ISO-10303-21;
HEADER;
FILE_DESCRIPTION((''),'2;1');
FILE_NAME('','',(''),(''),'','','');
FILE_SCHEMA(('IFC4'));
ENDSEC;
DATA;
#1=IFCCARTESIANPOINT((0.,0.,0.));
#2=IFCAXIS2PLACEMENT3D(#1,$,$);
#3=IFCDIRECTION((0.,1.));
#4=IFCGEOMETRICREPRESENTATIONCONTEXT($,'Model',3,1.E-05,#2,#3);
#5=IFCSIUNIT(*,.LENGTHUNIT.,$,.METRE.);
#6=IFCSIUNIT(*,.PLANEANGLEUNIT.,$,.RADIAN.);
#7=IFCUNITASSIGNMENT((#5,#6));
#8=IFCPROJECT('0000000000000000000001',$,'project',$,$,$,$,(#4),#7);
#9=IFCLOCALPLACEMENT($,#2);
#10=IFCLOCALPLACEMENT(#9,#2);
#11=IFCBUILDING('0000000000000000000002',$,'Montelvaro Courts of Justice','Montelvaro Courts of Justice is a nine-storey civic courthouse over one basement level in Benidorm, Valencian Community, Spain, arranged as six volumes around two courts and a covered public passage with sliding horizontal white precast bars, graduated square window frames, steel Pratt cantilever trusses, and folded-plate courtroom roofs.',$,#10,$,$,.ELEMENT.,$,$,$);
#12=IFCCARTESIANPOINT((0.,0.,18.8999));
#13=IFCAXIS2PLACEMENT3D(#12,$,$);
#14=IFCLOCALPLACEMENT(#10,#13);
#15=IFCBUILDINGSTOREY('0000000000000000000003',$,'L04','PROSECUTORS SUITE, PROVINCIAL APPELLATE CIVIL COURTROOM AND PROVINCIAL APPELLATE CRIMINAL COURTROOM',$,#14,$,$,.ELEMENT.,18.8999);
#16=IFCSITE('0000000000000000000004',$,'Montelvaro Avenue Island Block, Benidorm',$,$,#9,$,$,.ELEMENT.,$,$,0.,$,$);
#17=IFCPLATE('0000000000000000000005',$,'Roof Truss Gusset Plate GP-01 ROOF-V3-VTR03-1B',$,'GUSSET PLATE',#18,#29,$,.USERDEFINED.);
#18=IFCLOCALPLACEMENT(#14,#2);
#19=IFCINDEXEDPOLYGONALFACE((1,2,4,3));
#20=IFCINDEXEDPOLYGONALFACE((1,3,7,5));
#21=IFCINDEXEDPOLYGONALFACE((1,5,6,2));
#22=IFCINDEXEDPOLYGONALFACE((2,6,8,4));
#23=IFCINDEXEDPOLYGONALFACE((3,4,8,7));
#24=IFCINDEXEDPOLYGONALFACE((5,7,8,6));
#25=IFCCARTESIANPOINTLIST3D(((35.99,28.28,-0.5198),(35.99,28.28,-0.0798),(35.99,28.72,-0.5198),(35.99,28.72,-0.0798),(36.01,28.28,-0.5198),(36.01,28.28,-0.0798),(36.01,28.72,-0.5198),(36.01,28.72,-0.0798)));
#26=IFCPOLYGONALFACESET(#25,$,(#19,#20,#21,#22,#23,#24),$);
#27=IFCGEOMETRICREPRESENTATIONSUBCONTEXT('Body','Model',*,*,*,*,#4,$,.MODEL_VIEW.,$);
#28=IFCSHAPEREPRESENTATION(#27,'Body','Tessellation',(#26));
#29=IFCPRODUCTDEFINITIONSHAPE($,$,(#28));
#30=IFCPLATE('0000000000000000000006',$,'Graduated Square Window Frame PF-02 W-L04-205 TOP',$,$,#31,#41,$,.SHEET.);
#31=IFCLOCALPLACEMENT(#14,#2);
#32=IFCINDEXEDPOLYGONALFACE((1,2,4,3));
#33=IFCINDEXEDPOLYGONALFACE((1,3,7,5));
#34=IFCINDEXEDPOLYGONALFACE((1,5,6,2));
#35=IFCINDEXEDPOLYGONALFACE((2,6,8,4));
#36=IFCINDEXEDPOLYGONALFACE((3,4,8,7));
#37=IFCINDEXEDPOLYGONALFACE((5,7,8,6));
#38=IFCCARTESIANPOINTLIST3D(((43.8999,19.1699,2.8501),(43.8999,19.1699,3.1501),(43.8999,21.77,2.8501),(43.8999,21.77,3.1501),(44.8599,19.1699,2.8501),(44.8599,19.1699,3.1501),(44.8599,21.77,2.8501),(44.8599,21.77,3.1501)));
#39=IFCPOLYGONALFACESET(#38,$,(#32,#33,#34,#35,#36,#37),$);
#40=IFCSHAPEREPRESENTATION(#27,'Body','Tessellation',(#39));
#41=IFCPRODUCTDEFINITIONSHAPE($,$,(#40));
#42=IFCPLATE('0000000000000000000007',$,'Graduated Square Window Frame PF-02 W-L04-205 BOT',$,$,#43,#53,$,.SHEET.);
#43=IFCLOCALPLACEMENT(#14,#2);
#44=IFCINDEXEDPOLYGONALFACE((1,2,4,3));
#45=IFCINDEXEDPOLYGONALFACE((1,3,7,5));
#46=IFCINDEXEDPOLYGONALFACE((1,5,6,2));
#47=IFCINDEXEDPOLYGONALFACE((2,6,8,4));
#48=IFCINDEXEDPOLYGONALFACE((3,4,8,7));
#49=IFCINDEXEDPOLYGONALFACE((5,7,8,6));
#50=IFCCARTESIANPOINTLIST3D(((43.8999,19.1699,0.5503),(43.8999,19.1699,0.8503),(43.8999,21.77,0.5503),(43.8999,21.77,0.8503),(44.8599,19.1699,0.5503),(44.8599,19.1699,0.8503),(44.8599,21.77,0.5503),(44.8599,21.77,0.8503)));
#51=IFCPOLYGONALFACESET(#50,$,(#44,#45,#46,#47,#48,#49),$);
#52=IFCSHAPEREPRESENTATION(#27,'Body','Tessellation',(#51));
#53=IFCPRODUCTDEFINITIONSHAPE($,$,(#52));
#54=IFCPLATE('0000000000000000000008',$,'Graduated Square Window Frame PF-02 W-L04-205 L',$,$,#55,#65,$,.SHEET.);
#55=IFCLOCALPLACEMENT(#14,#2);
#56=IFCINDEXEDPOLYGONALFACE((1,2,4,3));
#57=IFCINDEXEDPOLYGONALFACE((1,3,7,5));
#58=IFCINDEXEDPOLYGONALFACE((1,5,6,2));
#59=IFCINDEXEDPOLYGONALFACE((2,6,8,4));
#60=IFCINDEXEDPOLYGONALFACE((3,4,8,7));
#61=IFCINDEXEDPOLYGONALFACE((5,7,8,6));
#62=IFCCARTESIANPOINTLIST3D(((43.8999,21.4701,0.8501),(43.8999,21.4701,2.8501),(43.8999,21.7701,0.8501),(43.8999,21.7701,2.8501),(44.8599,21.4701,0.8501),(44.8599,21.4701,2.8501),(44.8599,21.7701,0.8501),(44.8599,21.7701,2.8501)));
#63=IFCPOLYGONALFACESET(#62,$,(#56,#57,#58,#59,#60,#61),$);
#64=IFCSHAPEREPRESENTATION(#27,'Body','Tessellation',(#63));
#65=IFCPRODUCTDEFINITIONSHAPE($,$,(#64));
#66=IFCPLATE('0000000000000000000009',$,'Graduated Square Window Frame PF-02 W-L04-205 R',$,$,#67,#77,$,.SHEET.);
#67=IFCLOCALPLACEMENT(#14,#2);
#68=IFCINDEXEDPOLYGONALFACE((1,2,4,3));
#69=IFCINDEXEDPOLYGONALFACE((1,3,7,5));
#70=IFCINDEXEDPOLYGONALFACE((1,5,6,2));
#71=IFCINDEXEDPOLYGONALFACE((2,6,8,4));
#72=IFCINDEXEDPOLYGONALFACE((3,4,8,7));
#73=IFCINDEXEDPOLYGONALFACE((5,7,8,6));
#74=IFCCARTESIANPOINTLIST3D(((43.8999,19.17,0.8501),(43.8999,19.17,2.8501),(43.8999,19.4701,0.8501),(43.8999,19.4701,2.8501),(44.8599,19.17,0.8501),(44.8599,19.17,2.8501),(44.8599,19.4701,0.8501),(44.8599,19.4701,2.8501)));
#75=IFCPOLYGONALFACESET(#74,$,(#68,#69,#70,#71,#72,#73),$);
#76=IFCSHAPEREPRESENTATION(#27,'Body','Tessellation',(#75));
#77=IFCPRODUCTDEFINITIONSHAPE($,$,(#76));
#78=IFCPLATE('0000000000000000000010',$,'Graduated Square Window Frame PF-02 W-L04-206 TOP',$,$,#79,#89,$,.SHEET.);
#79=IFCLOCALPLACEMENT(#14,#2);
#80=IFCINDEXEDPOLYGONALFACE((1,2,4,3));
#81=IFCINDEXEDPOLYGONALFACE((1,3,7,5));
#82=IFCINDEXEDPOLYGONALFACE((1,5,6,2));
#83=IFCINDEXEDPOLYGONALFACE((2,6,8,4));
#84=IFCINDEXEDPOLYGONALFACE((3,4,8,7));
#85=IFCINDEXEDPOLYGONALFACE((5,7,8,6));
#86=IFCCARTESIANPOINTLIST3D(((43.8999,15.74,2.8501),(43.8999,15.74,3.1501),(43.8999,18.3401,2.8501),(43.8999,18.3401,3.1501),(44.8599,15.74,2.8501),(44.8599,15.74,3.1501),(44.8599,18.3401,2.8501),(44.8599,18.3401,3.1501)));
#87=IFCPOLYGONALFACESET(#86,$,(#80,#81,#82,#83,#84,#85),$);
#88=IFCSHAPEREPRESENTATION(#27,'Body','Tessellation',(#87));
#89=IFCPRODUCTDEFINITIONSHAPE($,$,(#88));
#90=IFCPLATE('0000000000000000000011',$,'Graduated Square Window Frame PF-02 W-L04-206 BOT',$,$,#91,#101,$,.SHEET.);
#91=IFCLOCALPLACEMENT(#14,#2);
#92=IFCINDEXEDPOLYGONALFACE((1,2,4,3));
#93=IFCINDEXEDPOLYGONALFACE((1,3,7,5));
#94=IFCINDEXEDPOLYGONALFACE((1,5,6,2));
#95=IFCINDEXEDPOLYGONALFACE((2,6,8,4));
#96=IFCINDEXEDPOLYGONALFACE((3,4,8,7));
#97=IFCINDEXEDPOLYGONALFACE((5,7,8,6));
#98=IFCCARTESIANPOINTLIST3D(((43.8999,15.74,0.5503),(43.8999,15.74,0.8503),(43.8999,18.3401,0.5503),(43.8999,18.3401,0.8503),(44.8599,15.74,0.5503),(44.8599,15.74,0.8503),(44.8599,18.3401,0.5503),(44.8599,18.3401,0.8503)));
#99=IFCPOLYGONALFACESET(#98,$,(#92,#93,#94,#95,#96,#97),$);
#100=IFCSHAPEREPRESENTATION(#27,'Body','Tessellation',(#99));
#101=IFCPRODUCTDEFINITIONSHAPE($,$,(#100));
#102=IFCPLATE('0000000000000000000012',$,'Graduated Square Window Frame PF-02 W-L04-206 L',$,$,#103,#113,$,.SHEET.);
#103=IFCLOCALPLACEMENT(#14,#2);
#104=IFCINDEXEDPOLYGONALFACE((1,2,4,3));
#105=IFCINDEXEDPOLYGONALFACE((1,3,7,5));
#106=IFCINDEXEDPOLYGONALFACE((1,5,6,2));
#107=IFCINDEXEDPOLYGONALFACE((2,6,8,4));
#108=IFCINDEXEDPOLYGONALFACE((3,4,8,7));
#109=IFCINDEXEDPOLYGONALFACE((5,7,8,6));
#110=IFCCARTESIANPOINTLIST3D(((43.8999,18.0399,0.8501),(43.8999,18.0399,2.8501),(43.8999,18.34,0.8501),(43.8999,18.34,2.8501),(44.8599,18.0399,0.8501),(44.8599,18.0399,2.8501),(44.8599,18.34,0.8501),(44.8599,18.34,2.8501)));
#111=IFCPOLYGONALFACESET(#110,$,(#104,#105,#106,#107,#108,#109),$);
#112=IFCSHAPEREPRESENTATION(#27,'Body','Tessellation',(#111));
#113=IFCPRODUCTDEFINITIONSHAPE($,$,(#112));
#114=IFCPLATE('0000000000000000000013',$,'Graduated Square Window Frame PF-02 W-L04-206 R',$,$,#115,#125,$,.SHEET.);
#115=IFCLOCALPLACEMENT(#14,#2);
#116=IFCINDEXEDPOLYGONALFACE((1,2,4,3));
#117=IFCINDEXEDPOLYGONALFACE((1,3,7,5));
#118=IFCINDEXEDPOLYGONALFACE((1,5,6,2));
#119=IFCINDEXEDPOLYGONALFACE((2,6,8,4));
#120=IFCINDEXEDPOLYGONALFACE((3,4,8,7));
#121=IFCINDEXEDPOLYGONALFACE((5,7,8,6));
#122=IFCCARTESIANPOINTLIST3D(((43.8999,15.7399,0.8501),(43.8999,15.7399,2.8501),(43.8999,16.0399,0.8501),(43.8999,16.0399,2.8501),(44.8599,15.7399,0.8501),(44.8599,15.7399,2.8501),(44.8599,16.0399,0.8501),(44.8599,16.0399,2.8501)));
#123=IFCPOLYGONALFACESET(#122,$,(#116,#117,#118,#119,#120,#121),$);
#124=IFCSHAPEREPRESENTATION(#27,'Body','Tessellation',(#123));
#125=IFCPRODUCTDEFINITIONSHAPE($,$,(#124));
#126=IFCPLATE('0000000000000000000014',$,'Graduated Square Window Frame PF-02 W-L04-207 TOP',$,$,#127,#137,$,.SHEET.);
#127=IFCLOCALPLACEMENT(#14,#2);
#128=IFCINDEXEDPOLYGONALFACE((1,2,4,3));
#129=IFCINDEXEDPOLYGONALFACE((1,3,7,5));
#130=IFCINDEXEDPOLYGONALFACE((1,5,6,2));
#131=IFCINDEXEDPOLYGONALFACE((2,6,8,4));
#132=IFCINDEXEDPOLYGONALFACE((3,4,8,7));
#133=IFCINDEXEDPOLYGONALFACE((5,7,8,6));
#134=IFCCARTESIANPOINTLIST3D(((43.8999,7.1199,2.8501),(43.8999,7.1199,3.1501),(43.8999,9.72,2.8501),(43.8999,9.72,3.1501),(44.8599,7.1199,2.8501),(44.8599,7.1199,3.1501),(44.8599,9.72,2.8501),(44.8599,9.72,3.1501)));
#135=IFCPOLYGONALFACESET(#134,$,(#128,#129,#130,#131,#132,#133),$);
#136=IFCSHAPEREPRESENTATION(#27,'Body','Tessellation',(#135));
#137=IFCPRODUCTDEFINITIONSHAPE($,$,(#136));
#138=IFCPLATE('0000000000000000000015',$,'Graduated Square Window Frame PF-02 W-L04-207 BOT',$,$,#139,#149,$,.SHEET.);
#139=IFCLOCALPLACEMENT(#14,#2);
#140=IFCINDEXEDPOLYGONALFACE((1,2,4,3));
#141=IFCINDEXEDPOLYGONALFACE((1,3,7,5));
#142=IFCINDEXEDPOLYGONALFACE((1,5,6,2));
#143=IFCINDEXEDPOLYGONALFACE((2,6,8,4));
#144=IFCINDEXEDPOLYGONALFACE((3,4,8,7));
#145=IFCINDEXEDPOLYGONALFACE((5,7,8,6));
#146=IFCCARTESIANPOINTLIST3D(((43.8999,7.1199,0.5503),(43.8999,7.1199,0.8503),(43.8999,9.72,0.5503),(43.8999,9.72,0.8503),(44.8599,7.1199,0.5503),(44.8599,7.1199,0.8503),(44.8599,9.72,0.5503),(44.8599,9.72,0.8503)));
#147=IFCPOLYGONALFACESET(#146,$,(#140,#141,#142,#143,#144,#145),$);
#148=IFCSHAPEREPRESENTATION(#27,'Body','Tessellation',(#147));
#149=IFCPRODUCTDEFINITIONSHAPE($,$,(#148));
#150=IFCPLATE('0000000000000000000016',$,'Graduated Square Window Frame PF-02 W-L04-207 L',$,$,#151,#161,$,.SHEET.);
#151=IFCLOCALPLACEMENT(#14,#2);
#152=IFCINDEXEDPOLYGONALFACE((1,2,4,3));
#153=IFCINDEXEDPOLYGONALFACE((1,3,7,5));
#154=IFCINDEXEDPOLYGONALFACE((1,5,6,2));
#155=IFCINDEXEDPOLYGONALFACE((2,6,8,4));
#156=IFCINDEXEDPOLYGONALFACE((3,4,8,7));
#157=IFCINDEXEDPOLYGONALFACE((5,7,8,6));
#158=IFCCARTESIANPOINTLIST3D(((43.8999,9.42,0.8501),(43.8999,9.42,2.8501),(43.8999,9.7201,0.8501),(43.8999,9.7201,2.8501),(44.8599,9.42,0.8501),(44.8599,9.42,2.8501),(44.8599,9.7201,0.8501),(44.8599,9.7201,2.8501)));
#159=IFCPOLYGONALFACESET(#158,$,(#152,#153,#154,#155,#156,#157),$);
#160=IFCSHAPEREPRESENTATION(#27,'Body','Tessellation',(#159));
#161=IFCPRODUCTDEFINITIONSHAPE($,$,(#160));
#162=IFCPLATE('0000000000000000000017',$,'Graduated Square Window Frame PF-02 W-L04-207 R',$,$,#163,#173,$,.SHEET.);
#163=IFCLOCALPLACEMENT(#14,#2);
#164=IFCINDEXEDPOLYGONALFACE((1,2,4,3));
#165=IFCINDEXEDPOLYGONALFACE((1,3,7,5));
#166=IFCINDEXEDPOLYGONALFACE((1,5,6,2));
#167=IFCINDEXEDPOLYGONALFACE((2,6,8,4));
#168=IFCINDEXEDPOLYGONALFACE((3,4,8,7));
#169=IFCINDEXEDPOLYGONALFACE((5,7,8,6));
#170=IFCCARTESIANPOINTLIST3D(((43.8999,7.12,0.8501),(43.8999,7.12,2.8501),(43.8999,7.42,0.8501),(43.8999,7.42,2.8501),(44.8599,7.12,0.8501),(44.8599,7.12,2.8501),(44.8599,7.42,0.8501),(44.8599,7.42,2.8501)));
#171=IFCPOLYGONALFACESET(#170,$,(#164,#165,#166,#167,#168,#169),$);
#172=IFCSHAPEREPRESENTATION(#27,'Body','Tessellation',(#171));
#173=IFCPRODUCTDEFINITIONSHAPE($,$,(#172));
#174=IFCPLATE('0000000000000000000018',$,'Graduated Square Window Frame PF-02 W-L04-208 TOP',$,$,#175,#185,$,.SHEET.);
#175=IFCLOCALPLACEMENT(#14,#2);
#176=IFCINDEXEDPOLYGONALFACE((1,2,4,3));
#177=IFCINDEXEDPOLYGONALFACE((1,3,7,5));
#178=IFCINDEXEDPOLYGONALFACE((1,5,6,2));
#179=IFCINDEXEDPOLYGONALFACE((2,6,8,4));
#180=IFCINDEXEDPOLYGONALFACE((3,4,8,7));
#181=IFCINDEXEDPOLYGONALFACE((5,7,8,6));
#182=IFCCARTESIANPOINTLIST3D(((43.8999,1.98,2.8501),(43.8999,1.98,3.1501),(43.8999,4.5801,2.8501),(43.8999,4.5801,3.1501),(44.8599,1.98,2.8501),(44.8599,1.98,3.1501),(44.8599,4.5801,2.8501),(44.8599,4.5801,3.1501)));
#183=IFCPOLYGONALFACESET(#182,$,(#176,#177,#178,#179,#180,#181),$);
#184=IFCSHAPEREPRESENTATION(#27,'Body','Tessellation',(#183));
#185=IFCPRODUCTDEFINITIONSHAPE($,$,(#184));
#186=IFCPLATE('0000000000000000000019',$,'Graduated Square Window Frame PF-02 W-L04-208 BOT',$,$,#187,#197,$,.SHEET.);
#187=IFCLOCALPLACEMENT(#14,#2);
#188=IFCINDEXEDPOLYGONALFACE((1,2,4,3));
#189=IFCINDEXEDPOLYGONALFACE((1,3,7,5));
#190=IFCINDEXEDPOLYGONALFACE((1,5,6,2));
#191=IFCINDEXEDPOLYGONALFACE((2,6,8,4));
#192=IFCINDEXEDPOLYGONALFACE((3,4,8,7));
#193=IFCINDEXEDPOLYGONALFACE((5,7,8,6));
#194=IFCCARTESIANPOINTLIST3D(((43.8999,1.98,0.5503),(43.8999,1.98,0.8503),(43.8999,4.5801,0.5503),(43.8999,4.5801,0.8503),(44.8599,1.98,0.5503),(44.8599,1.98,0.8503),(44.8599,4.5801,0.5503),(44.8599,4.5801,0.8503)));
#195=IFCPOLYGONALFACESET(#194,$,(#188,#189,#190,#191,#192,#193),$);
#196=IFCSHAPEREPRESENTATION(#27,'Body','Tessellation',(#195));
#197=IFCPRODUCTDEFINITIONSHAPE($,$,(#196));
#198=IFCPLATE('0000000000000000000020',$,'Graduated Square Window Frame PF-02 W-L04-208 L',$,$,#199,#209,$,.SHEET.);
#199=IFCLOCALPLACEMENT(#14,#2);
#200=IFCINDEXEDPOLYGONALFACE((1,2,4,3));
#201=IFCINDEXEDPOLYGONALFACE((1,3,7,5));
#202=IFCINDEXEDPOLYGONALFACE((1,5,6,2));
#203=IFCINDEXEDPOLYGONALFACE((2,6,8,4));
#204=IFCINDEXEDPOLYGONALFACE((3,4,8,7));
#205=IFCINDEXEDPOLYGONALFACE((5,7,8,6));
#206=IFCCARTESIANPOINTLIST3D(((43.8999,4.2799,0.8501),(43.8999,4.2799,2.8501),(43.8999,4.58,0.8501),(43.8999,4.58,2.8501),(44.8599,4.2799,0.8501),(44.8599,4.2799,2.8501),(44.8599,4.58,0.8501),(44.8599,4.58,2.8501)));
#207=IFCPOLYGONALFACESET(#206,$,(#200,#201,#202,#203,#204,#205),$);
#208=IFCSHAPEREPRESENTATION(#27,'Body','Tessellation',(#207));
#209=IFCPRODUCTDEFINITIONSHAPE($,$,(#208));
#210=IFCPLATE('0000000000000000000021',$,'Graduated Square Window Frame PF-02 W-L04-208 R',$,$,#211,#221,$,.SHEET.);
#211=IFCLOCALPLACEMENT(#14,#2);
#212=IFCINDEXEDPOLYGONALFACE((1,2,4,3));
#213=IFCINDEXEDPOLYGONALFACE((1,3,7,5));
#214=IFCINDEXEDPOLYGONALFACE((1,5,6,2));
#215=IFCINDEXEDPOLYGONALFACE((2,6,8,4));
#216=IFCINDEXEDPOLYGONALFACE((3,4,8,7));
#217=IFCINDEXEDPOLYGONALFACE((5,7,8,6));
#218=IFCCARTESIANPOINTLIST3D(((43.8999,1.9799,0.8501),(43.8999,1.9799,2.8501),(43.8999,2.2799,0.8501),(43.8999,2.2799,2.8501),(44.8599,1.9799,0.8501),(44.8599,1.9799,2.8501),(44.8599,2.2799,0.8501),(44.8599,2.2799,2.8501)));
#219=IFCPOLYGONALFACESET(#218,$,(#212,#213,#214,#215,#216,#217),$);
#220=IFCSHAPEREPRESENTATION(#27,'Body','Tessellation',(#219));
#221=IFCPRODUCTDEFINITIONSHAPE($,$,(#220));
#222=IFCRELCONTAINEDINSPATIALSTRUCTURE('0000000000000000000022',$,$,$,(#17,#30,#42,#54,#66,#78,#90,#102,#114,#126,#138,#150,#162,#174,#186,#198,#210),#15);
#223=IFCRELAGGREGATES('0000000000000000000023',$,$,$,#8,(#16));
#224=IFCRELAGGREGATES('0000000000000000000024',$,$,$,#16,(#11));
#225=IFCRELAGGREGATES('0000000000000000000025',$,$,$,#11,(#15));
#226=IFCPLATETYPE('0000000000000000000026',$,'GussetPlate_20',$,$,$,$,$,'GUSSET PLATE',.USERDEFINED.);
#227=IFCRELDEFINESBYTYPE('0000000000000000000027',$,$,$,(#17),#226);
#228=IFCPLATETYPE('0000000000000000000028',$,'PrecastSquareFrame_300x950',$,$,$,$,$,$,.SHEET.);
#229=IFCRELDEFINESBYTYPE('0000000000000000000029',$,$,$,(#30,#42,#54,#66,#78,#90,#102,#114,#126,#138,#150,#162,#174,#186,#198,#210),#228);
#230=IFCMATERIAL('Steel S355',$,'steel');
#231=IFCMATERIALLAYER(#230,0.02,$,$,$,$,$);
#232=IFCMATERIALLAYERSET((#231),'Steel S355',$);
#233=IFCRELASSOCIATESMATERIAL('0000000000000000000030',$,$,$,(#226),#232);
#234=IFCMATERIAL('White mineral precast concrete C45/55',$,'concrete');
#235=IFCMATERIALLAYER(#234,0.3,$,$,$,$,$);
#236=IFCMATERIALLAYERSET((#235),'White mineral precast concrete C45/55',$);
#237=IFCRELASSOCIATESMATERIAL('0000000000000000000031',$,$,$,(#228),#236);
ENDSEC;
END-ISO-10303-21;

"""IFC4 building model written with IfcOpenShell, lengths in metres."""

from ifc_helpers import new_model, si_unit, direction, frame, origin, origin_2d, place, context, subcontext, project, spatial, rectangle, extrude, material, layer, layer_set, type_object, element, save


model = new_model("IFC4")

# Units and contexts
model_context = context("Model", 3, precision=1e-05, world=origin(), true_north=direction((0.0, 1.0)))
body_context = subcontext(model_context, "Body", "Model", "MODEL_VIEW")
ifc_project = project(units=[si_unit("LENGTHUNIT", "METRE"), si_unit("PLANEANGLEUNIT", "RADIAN")], contexts=[model_context])

# Site, building, storey
site_placement = place(None, origin())
site = spatial("IfcSite", under=ifc_project, at=site_placement, Name="Montelvaro Avenue Island Block, Benidorm", CompositionType="ELEMENT", RefElevation=0.0)
building_placement = place(site_placement, origin())
building = spatial("IfcBuilding", under=site, at=building_placement, Name="Montelvaro Courts of Justice", Description="Montelvaro Courts of Justice is a nine-storey civic courthouse over one basement level in Benidorm, Valencian Community, Spain, arranged as six volumes around two courts and a covered public passage with sliding horizontal white precast bars, graduated square window frames, steel Pratt cantilever trusses, and folded-plate courtroom roofs.", CompositionType="ELEMENT")
storey_placement = place(building_placement, frame((0.0, 0.0, 18.8999)))
storey = spatial("IfcBuildingStorey", under=building, at=storey_placement, Name="L04", Description="PROSECUTORS SUITE, PROVINCIAL APPELLATE CIVIL COURTROOM AND PROVINCIAL APPELLATE CRIMINAL COURTROOM", CompositionType="ELEMENT", Elevation=18.8999)

# Shared definitions
ifc_material_1 = material(Name="Steel S355", Category="steel")

# Plates
ifc_layer_1 = layer(ifc_material_1, 0.02)
ifc_layer_set_1 = layer_set([ifc_layer_1], Name="Steel S355")
plate_type_1 = type_object("IfcPlateType", Name="GussetPlate_20", ElementType="GUSSET PLATE", PredefinedType="USERDEFINED", material=ifc_layer_set_1)
plate_1_placement = place(storey_placement, frame((36.0, 28.5, -0.5198), z_axis=(0.0, 0.0, 1.0), x_axis=(1.0, 0.0, 0.0)))
element("IfcPlate", 1, at=plate_1_placement, inside=storey, type_object=plate_type_1, Name="Roof Truss Gusset Plate GP-01 ROOF-V3-VTR03-1B", ObjectType="GUSSET PLATE", PredefinedType="USERDEFINED", context=body_context, shape_type="SweptSolid", body=[
    extrude(rectangle(XDim=0.02, YDim=0.4399, at=origin_2d()), origin(), (0.0, 0.0, 1.0), 0.4399),
])
ifc_material_2 = material(Name="White mineral precast concrete C45/55", Category="concrete")
ifc_layer_2 = layer(ifc_material_2, 0.3)
ifc_layer_set_2 = layer_set([ifc_layer_2], Name="White mineral precast concrete C45/55")
plate_type_2 = type_object("IfcPlateType", Name="PrecastSquareFrame_300x950", PredefinedType="SHEET", material=ifc_layer_set_2)
for number, where, z_axis, x_axis, name in (
    (2, (44.3799, 20.47, 2.8501), (0.0, 0.0, 1.0), (0.0, -1.0, 0.0), "Graduated Square Window Frame PF-02 W-L04-205 TOP"),
    (3, (44.3799, 20.47, 0.5503), (0.0, 0.0, 1.0), (0.0, -1.0, 0.0), "Graduated Square Window Frame PF-02 W-L04-205 BOT"),
):
    element("IfcPlate", number, at=place(storey_placement, frame(where, z_axis=z_axis, x_axis=x_axis)), inside=storey, type_object=plate_type_2, Name=name, PredefinedType="SHEET", context=body_context, shape_type="SweptSolid", body=[
        extrude(rectangle(XDim=2.6001, YDim=0.96, at=origin_2d()), origin(), (0.0, 0.0, 1.0), 0.3),
    ])
for number, where, z_axis, x_axis, name in (
    (4, (44.3799, 21.6201, 0.8501), (0.0, 0.0, 1.0), (0.0, -1.0, 0.0), "Graduated Square Window Frame PF-02 W-L04-205 L"),
    (5, (44.3799, 19.3201, 0.8501), (0.0, 0.0, 1.0), (0.0, -1.0, 0.0), "Graduated Square Window Frame PF-02 W-L04-205 R"),
):
    element("IfcPlate", number, at=place(storey_placement, frame(where, z_axis=z_axis, x_axis=x_axis)), inside=storey, type_object=plate_type_2, Name=name, PredefinedType="SHEET", context=body_context, shape_type="SweptSolid", body=[
        extrude(rectangle(XDim=0.3, YDim=0.96, at=origin_2d()), origin(), (0.0, 0.0, 1.0), 2.0),
    ])
for number, where, z_axis, x_axis, name in (
    (6, (44.3799, 17.04, 2.8501), (0.0, 0.0, 1.0), (0.0, -1.0, 0.0), "Graduated Square Window Frame PF-02 W-L04-206 TOP"),
    (7, (44.3799, 17.04, 0.5503), (0.0, 0.0, 1.0), (0.0, -1.0, 0.0), "Graduated Square Window Frame PF-02 W-L04-206 BOT"),
):
    element("IfcPlate", number, at=place(storey_placement, frame(where, z_axis=z_axis, x_axis=x_axis)), inside=storey, type_object=plate_type_2, Name=name, PredefinedType="SHEET", context=body_context, shape_type="SweptSolid", body=[
        extrude(rectangle(XDim=2.6001, YDim=0.96, at=origin_2d()), origin(), (0.0, 0.0, 1.0), 0.3),
    ])
for number, where, z_axis, x_axis, name in (
    (8, (44.3799, 18.1899, 0.8501), (0.0, 0.0, 1.0), (0.0, -1.0, 0.0), "Graduated Square Window Frame PF-02 W-L04-206 L"),
    (9, (44.3799, 15.8899, 0.8501), (0.0, 0.0, 1.0), (0.0, -1.0, 0.0), "Graduated Square Window Frame PF-02 W-L04-206 R"),
):
    element("IfcPlate", number, at=place(storey_placement, frame(where, z_axis=z_axis, x_axis=x_axis)), inside=storey, type_object=plate_type_2, Name=name, PredefinedType="SHEET", context=body_context, shape_type="SweptSolid", body=[
        extrude(rectangle(XDim=0.3, YDim=0.96, at=origin_2d()), origin(), (0.0, 0.0, 1.0), 2.0),
    ])
for number, where, z_axis, x_axis, name in (
    (10, (44.3799, 8.4199, 2.8501), (0.0, 0.0, 1.0), (0.0, -1.0, 0.0), "Graduated Square Window Frame PF-02 W-L04-207 TOP"),
    (11, (44.3799, 8.4199, 0.5503), (0.0, 0.0, 1.0), (0.0, -1.0, 0.0), "Graduated Square Window Frame PF-02 W-L04-207 BOT"),
):
    element("IfcPlate", number, at=place(storey_placement, frame(where, z_axis=z_axis, x_axis=x_axis)), inside=storey, type_object=plate_type_2, Name=name, PredefinedType="SHEET", context=body_context, shape_type="SweptSolid", body=[
        extrude(rectangle(XDim=2.6001, YDim=0.96, at=origin_2d()), origin(), (0.0, 0.0, 1.0), 0.3),
    ])
for number, where, z_axis, x_axis, name in (
    (12, (44.3799, 9.5701, 0.8501), (0.0, 0.0, 1.0), (0.0, -1.0, 0.0), "Graduated Square Window Frame PF-02 W-L04-207 L"),
    (13, (44.3799, 7.27, 0.8501), (0.0, 0.0, 1.0), (0.0, -1.0, 0.0), "Graduated Square Window Frame PF-02 W-L04-207 R"),
):
    element("IfcPlate", number, at=place(storey_placement, frame(where, z_axis=z_axis, x_axis=x_axis)), inside=storey, type_object=plate_type_2, Name=name, PredefinedType="SHEET", context=body_context, shape_type="SweptSolid", body=[
        extrude(rectangle(XDim=0.3, YDim=0.96, at=origin_2d()), origin(), (0.0, 0.0, 1.0), 2.0),
    ])
for number, where, z_axis, x_axis, name in (
    (14, (44.3799, 3.28, 2.8501), (0.0, 0.0, 1.0), (0.0, -1.0, 0.0), "Graduated Square Window Frame PF-02 W-L04-208 TOP"),
    (15, (44.3799, 3.28, 0.5503), (0.0, 0.0, 1.0), (0.0, -1.0, 0.0), "Graduated Square Window Frame PF-02 W-L04-208 BOT"),
):
    element("IfcPlate", number, at=place(storey_placement, frame(where, z_axis=z_axis, x_axis=x_axis)), inside=storey, type_object=plate_type_2, Name=name, PredefinedType="SHEET", context=body_context, shape_type="SweptSolid", body=[
        extrude(rectangle(XDim=2.6001, YDim=0.96, at=origin_2d()), origin(), (0.0, 0.0, 1.0), 0.3),
    ])
for number, where, z_axis, x_axis, name in (
    (16, (44.3799, 4.4299, 0.8501), (0.0, 0.0, 1.0), (0.0, -1.0, 0.0), "Graduated Square Window Frame PF-02 W-L04-208 L"),
    (17, (44.3799, 2.1299, 0.8501), (0.0, 0.0, 1.0), (0.0, -1.0, 0.0), "Graduated Square Window Frame PF-02 W-L04-208 R"),
):
    element("IfcPlate", number, at=place(storey_placement, frame(where, z_axis=z_axis, x_axis=x_axis)), inside=storey, type_object=plate_type_2, Name=name, PredefinedType="SHEET", context=body_context, shape_type="SweptSolid", body=[
        extrude(rectangle(XDim=0.3, YDim=0.96, at=origin_2d()), origin(), (0.0, 0.0, 1.0), 2.0),
    ])

save(model, "model.ifc")
